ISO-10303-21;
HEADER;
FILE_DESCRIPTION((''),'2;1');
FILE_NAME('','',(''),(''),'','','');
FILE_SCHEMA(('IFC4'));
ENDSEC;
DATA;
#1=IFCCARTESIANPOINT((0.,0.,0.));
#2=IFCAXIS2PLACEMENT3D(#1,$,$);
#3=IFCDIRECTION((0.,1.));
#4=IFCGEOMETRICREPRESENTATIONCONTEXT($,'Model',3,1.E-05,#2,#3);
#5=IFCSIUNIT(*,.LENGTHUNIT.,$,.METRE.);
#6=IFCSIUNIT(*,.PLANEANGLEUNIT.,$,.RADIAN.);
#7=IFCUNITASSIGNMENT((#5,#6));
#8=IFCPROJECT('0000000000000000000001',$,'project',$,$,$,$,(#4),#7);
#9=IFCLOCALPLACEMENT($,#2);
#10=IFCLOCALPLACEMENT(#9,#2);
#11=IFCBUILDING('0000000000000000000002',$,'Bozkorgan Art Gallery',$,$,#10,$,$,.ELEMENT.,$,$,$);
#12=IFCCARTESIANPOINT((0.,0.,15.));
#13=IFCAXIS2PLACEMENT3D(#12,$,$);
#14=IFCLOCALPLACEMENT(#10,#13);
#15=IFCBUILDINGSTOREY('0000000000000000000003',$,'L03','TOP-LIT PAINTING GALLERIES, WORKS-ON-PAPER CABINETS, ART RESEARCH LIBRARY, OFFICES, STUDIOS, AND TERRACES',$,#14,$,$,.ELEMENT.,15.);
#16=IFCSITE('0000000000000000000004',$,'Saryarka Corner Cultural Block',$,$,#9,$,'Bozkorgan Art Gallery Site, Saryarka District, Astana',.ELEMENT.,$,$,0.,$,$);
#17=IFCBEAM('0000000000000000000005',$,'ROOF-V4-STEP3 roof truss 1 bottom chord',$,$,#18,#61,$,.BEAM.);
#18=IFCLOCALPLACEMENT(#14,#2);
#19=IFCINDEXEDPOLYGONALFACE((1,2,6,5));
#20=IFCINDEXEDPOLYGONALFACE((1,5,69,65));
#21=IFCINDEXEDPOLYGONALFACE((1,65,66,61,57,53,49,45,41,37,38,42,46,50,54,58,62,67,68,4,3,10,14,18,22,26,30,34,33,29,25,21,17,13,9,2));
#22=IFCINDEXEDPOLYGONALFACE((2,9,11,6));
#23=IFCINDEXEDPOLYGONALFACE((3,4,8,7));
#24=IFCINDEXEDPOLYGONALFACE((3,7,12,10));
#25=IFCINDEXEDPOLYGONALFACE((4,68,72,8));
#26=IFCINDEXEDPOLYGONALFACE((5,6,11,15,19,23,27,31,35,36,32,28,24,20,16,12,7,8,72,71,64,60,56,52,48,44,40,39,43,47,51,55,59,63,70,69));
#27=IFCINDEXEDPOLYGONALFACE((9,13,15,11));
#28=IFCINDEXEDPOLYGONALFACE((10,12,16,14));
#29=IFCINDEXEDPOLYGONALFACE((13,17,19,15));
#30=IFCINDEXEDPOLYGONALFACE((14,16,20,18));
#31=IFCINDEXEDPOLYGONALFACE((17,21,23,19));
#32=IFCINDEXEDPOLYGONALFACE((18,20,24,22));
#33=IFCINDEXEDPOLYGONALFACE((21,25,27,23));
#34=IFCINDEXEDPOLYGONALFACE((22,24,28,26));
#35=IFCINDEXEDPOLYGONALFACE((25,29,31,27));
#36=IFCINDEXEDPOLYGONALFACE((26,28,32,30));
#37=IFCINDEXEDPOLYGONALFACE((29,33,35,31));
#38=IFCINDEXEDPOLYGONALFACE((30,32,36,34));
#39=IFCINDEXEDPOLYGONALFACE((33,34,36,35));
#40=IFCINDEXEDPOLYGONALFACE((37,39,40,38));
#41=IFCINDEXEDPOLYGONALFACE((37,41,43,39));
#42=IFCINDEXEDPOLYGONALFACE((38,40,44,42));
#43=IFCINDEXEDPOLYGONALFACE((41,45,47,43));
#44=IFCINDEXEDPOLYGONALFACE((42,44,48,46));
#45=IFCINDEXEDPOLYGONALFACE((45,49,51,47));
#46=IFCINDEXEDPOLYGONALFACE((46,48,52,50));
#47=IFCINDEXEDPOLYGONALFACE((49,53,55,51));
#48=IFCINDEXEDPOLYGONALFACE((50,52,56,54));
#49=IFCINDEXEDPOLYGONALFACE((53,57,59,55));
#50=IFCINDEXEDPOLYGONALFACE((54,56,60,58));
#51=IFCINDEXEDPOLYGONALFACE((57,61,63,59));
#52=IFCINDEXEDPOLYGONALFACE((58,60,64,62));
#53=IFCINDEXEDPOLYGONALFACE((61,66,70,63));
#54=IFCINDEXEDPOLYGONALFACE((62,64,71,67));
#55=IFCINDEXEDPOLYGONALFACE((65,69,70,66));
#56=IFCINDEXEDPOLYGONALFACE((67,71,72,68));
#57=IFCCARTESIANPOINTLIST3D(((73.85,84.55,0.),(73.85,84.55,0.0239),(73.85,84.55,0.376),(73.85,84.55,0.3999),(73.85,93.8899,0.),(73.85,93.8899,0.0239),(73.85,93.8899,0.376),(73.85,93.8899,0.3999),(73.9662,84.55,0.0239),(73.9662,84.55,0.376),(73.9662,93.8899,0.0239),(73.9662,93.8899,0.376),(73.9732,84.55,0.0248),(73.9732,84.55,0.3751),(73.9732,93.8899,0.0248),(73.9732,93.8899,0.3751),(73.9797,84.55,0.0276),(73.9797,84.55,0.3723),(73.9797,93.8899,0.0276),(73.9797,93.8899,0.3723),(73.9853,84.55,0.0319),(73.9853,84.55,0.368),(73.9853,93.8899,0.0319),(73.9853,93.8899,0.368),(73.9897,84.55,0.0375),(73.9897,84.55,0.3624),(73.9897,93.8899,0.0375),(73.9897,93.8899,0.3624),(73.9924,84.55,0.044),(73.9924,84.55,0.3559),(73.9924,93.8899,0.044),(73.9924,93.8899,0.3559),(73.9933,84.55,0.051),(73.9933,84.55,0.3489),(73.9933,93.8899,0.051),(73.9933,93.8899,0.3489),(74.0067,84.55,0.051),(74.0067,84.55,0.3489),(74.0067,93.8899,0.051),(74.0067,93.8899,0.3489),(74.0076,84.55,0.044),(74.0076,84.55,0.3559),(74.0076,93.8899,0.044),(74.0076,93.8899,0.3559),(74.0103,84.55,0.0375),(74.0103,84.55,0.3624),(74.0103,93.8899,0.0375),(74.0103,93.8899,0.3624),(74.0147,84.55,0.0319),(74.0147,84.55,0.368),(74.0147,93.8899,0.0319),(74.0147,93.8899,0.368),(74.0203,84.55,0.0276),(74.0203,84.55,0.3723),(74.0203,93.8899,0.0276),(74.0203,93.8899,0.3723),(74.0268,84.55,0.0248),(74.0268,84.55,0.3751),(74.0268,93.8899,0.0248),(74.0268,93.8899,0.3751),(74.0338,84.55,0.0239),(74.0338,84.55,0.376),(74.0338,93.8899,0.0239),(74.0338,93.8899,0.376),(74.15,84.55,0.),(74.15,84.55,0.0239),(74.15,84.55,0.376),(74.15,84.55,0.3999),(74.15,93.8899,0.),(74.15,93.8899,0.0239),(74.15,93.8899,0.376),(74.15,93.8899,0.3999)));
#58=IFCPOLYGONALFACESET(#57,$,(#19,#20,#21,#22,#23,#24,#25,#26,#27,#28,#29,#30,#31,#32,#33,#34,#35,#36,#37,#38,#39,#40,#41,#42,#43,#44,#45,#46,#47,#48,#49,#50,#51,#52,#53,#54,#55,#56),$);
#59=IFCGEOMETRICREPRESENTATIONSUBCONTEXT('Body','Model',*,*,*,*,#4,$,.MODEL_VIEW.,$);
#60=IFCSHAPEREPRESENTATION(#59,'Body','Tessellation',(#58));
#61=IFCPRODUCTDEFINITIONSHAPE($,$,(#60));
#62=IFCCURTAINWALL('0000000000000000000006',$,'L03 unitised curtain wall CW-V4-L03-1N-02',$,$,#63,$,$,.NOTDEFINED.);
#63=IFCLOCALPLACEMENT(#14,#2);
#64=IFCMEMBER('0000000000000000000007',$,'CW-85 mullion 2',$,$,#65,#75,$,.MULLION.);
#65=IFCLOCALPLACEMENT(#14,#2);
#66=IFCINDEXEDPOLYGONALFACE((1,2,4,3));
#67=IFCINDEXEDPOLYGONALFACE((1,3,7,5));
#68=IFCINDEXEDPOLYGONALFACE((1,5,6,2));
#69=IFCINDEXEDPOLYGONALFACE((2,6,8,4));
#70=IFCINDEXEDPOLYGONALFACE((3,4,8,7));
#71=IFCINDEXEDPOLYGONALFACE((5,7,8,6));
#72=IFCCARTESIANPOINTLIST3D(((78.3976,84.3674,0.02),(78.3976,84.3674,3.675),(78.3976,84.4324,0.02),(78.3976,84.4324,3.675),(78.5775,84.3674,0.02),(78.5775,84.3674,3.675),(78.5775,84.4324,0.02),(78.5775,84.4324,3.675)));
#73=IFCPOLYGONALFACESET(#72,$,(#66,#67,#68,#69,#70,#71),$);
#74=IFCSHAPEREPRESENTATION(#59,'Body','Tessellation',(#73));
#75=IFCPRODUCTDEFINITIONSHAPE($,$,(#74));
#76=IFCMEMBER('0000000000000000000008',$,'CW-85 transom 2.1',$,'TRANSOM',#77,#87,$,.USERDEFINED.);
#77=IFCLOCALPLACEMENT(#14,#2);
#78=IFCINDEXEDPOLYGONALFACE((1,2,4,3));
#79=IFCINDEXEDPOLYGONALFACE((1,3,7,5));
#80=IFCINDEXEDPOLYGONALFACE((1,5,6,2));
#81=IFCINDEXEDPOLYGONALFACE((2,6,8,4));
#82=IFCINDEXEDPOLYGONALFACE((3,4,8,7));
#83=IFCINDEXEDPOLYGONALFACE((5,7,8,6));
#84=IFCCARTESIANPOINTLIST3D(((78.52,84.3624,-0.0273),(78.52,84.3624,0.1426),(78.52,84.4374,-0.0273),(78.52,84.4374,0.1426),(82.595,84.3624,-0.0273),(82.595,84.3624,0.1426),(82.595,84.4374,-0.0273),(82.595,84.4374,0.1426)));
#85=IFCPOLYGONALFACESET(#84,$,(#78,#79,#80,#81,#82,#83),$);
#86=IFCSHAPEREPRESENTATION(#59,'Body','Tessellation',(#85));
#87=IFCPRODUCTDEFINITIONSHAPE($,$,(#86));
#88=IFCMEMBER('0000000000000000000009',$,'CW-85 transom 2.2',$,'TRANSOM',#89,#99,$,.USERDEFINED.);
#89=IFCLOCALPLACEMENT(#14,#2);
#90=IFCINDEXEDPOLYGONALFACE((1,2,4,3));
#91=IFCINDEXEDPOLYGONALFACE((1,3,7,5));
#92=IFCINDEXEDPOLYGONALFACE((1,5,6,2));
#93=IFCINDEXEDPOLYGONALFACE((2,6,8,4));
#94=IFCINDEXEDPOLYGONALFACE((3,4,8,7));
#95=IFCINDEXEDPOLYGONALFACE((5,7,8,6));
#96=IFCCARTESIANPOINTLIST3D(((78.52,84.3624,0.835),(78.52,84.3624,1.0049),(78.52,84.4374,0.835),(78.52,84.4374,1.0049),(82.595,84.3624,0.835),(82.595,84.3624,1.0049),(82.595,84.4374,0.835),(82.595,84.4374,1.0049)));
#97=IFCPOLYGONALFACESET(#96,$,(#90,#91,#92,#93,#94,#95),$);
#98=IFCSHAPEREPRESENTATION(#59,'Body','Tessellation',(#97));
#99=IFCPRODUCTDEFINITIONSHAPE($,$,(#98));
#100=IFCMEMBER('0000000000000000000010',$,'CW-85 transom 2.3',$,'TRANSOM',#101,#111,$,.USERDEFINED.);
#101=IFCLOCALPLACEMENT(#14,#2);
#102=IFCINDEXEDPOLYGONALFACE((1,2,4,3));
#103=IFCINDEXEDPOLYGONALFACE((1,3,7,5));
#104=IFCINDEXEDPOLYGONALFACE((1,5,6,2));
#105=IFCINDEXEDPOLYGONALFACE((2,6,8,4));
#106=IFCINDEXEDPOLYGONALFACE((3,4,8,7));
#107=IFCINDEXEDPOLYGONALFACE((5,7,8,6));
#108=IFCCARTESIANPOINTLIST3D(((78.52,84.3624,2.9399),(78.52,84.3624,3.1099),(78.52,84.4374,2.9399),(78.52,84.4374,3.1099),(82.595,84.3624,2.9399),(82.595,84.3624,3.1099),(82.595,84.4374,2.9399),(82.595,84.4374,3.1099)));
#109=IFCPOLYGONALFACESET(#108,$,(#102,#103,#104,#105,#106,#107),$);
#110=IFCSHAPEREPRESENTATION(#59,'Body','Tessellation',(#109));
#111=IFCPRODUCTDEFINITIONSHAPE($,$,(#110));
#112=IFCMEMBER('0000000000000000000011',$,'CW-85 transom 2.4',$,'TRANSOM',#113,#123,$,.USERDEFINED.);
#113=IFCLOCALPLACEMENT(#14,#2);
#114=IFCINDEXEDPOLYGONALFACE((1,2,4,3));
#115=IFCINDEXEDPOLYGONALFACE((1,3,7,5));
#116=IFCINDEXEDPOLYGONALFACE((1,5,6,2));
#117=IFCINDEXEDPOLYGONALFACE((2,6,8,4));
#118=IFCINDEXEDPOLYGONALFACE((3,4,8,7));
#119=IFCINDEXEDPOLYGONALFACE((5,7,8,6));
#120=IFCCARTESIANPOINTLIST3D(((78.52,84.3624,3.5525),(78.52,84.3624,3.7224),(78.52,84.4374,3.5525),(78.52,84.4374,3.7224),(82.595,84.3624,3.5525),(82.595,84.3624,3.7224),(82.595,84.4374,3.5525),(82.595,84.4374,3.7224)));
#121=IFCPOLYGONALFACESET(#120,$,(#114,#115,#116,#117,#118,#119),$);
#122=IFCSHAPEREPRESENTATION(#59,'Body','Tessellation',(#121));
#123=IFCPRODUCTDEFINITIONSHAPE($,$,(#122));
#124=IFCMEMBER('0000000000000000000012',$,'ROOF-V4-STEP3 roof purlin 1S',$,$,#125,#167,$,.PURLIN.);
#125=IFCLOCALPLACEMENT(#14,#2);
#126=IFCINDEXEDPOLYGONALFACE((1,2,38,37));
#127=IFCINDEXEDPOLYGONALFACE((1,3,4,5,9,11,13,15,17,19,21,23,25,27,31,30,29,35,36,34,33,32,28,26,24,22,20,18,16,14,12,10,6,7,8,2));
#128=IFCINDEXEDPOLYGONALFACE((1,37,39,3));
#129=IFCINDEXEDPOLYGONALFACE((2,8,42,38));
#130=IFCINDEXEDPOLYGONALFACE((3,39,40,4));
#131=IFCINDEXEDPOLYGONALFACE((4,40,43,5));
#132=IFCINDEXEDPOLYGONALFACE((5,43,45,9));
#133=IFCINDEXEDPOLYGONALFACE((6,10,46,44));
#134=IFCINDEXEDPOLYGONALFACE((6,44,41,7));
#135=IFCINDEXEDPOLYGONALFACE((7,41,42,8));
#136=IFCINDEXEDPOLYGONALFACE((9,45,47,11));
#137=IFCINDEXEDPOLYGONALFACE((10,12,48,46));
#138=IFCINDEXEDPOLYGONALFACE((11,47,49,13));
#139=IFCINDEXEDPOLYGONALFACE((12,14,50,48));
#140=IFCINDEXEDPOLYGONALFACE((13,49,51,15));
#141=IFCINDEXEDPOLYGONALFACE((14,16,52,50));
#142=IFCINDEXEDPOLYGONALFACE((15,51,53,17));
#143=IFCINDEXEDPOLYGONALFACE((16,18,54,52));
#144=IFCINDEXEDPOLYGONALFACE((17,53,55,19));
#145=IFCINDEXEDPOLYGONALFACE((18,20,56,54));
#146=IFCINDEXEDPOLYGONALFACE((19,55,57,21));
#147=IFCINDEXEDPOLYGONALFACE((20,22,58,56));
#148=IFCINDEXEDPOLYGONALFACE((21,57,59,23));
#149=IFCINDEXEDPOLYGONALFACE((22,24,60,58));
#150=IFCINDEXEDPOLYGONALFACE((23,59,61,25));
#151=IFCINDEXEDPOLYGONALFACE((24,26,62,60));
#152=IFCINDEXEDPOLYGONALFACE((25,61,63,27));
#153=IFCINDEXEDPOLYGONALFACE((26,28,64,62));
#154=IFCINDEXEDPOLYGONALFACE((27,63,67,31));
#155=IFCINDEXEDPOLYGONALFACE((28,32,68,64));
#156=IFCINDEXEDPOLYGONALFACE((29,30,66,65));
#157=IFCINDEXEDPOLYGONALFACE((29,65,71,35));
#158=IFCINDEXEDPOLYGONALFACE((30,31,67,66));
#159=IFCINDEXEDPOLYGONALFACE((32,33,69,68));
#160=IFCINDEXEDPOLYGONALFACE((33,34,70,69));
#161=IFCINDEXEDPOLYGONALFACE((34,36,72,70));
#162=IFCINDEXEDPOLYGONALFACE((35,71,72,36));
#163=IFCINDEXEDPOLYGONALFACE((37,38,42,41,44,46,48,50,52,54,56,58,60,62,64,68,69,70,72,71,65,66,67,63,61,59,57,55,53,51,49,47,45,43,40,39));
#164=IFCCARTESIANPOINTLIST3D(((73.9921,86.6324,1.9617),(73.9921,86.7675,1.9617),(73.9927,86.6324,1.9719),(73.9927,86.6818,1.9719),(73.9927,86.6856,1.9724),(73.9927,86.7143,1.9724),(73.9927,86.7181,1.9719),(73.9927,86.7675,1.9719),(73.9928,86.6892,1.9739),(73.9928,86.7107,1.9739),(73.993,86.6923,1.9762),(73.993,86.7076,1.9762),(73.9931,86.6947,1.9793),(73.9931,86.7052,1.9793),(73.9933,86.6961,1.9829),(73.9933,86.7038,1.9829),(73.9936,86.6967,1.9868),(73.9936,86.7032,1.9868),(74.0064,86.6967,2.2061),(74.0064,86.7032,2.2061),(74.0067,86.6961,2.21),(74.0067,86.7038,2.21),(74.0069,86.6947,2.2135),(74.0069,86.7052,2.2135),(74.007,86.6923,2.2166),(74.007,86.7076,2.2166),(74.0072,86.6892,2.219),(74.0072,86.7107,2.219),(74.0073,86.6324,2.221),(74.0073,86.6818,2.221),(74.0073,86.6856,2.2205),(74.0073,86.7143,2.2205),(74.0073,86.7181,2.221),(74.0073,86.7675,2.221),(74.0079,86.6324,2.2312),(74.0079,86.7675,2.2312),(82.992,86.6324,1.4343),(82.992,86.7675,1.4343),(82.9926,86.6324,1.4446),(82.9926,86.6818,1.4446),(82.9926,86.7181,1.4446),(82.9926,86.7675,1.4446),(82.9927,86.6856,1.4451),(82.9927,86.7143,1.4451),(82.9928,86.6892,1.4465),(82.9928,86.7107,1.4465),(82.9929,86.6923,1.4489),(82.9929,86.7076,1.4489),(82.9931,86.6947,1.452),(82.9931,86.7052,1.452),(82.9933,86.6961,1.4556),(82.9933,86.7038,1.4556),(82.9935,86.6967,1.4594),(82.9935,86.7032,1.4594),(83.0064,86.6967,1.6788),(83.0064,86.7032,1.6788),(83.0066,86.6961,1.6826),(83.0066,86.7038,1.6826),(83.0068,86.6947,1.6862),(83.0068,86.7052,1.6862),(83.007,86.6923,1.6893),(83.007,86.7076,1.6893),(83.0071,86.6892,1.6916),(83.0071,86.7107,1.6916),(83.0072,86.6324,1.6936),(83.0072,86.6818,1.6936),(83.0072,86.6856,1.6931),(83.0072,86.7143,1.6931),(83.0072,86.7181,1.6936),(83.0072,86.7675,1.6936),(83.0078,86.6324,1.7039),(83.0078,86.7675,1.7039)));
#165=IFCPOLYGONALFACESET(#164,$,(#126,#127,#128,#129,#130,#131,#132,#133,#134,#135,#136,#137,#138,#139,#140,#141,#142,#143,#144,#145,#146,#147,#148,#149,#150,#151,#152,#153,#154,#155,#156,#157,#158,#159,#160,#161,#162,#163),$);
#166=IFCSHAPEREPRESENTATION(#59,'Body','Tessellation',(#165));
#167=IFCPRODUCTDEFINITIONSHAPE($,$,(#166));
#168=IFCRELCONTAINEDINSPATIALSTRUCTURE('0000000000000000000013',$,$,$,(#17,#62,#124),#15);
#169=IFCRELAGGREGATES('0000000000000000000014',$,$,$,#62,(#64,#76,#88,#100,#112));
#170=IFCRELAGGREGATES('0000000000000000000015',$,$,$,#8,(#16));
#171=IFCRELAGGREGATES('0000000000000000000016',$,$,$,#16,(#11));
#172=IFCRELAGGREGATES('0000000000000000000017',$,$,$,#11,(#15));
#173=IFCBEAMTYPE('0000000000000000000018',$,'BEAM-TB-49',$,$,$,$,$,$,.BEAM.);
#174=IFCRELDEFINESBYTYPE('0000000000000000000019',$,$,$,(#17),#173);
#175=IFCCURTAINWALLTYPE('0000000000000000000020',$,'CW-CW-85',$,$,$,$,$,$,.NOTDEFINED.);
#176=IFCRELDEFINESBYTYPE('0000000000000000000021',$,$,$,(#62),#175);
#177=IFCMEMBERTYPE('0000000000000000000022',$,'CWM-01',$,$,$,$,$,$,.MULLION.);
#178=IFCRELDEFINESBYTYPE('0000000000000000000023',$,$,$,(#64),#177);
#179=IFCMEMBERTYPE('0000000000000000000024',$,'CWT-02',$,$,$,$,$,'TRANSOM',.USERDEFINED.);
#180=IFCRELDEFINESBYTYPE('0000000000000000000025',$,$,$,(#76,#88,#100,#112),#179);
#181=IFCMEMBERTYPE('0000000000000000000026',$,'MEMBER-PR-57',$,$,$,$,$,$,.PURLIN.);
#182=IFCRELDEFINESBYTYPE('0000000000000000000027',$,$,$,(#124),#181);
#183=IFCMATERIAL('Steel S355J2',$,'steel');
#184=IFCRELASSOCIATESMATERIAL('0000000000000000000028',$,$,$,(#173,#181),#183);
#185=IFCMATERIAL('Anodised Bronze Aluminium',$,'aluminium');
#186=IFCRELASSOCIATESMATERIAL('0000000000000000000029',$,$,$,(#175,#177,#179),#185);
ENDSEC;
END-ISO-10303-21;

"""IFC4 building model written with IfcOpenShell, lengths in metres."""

from ifc_helpers import new_model, si_unit, direction, frame, origin, origin_2d, place, context, subcontext, project, spatial, rectangle, i_section, extrude, material, material_profile, profile_set, type_object, element, aggregate, save


model = new_model("IFC4")

# Units and contexts
model_context = context("Model", 3, precision=1e-05, world=origin(), true_north=direction((0.0, 1.0)))
body_context = subcontext(model_context, "Body", "Model", "MODEL_VIEW")
ifc_project = project(units=[si_unit("LENGTHUNIT", "METRE"), si_unit("PLANEANGLEUNIT", "RADIAN")], contexts=[model_context])

# Site, building, storey
site_placement = place(None, origin())
site = spatial("IfcSite", under=ifc_project, at=site_placement, Name="Saryarka Corner Cultural Block", LongName="Bozkorgan Art Gallery Site, Saryarka District, Astana", CompositionType="ELEMENT", RefElevation=0.0)
building_placement = place(site_placement, origin())
building = spatial("IfcBuilding", under=site, at=building_placement, Name="Bozkorgan Art Gallery", CompositionType="ELEMENT")
storey_placement = place(building_placement, frame((0.0, 0.0, 15.0)))
storey = spatial("IfcBuildingStorey", under=building, at=storey_placement, Name="L03", Description="TOP-LIT PAINTING GALLERIES, WORKS-ON-PAPER CABINETS, ART RESEARCH LIBRARY, OFFICES, STUDIOS, AND TERRACES", CompositionType="ELEMENT", Elevation=15.0)

# Beam
ifc_material_1 = material(Name="Steel S355J2", Category="steel")
ifc_material_profile_1 = material_profile(ifc_material_1, i_section(OverallWidth=0.3, OverallDepth=0.3999, WebThickness=0.0134, FlangeThickness=0.0239, FilletRadius=0.0271, at=origin_2d()), Name="HEB 400")
ifc_profile_set_1 = profile_set([ifc_material_profile_1], Name="Steel S355J2")
beam_type = type_object("IfcBeamType", Name="BEAM-TB-49", PredefinedType="BEAM", material=ifc_profile_set_1)
beam_placement = place(storey_placement, frame((74.0, 84.55, 0.2), z_axis=(0.0, 1.0, 0.0), x_axis=(-1.0, 0.0, 0.0)))
element("IfcBeam", 1, at=beam_placement, inside=storey, type_object=beam_type, Name="ROOF-V4-STEP3 roof truss 1 bottom chord", PredefinedType="BEAM", context=body_context, shape_type="SweptSolid", body=[
    extrude(i_section(OverallWidth=0.3, OverallDepth=0.3999, WebThickness=0.0134, FlangeThickness=0.0239, FilletRadius=0.0271, at=origin_2d()), origin(), (0.0, 0.0, 1.0), 9.3398),
])

# Curtain wall, members
ifc_material_2 = material(Name="Anodised Bronze Aluminium", Category="aluminium")
curtain_wall_type = type_object("IfcCurtainWallType", Name="CW-CW-85", PredefinedType="NOTDEFINED", material=ifc_material_2)
curtain_wall_placement = place(storey_placement, origin())
curtain_wall = element("IfcCurtainWall", 2, at=curtain_wall_placement, inside=storey, type_object=curtain_wall_type, Name="L03 unitised curtain wall CW-V4-L03-1N-02", PredefinedType="NOTDEFINED")
ifc_material_profile_2 = material_profile(ifc_material_2, rectangle(XDim=0.0649, YDim=0.1799, at=origin_2d()), Name="ALU MULLION 65x180")
ifc_profile_set_2 = profile_set([ifc_material_profile_2], Name="Anodised Bronze Aluminium")
member_type_1 = type_object("IfcMemberType", Name="CWM-01", PredefinedType="MULLION", material=ifc_profile_set_2)
member_1_placement = place(storey_placement, frame((78.4875, 84.3999, 0.02), z_axis=(0.0, 0.0, 1.0), x_axis=(0.0, 1.0, 0.0)))
member_1 = element("IfcMember", 3, at=member_1_placement, type_object=member_type_1, Name="CW-85 mullion 2", PredefinedType="MULLION", context=body_context, shape_type="SweptSolid", body=[
    extrude(rectangle(XDim=0.0649, YDim=0.1799, at=origin_2d()), origin(), (0.0, 0.0, 1.0), 3.655),
])
ifc_material_profile_3 = material_profile(ifc_material_2, rectangle(XDim=0.075, YDim=0.1699, at=origin_2d()), Name="ALU TRANSOM 75x170")
ifc_profile_set_3 = profile_set([ifc_material_profile_3], Name="Anodised Bronze Aluminium")
member_type_2 = type_object("IfcMemberType", Name="CWT-02", ElementType="TRANSOM", PredefinedType="USERDEFINED", material=ifc_profile_set_3)
member_2_placement = place(storey_placement, frame((78.52, 84.3999, 0.0576), z_axis=(1.0, 0.0, 0.0), x_axis=(0.0, 1.0, 0.0)))
member_2 = element("IfcMember", 4, at=member_2_placement, type_object=member_type_2, Name="CW-85 transom 2.1", ObjectType="TRANSOM", PredefinedType="USERDEFINED", context=body_context, shape_type="SweptSolid", body=[
    extrude(rectangle(XDim=0.075, YDim=0.1699, at=origin_2d()), origin(), (0.0, 0.0, 1.0), 4.075),
])
member_3_placement = place(storey_placement, frame((78.52, 84.3999, 0.9199), z_axis=(1.0, 0.0, 0.0), x_axis=(0.0, 1.0, 0.0)))
member_3 = element("IfcMember", 5, at=member_3_placement, type_object=member_type_2, Name="CW-85 transom 2.2", ObjectType="TRANSOM", PredefinedType="USERDEFINED", context=body_context, shape_type="SweptSolid", body=[
    extrude(rectangle(XDim=0.075, YDim=0.1699, at=origin_2d()), origin(), (0.0, 0.0, 1.0), 4.075),
])
member_4_placement = place(storey_placement, frame((78.52, 84.3999, 3.0249), z_axis=(1.0, 0.0, 0.0), x_axis=(0.0, 1.0, 0.0)))
member_4 = element("IfcMember", 6, at=member_4_placement, type_object=member_type_2, Name="CW-85 transom 2.3", ObjectType="TRANSOM", PredefinedType="USERDEFINED", context=body_context, shape_type="SweptSolid", body=[
    extrude(rectangle(XDim=0.075, YDim=0.1699, at=origin_2d()), origin(), (0.0, 0.0, 1.0), 4.075),
])
member_5_placement = place(storey_placement, frame((78.52, 84.3999, 3.6375), z_axis=(1.0, 0.0, 0.0), x_axis=(0.0, 1.0, 0.0)))
member_5 = element("IfcMember", 7, at=member_5_placement, type_object=member_type_2, Name="CW-85 transom 2.4", ObjectType="TRANSOM", PredefinedType="USERDEFINED", context=body_context, shape_type="SweptSolid", body=[
    extrude(rectangle(XDim=0.075, YDim=0.1699, at=origin_2d()), origin(), (0.0, 0.0, 1.0), 4.075),
])

# Member
ifc_material_profile_4 = material_profile(ifc_material_1, i_section(OverallWidth=0.135, OverallDepth=0.27, WebThickness=0.0066, FlangeThickness=0.0103, FilletRadius=0.0149, at=origin_2d()), Name="IPE 270")
ifc_profile_set_4 = profile_set([ifc_material_profile_4], Name="Steel S355J2")
member_type_3 = type_object("IfcMemberType", Name="MEMBER-PR-57", PredefinedType="PURLIN", material=ifc_profile_set_4)
for number, where, z_axis, x_axis, name in (
    (8, (74.0, 86.7, 2.0964), (0.998288, 0.0, -0.058493), (0.0, 1.0, 0.0), "ROOF-V4-STEP3 roof purlin 1S"),
):
    element("IfcMember", number, at=place(storey_placement, frame(where, z_axis=z_axis, x_axis=x_axis)), inside=storey, type_object=member_type_3, Name=name, PredefinedType="PURLIN", context=body_context, shape_type="SweptSolid", body=[
        extrude(i_section(OverallWidth=0.135, OverallDepth=0.27, WebThickness=0.0066, FlangeThickness=0.0103, FilletRadius=0.0149, at=origin_2d()), origin(), (0.0, 0.0, 1.0), 9.0154),
    ])

aggregate(curtain_wall, [member_1, member_2, member_3, member_4, member_5])

save(model, "model.ifc")
